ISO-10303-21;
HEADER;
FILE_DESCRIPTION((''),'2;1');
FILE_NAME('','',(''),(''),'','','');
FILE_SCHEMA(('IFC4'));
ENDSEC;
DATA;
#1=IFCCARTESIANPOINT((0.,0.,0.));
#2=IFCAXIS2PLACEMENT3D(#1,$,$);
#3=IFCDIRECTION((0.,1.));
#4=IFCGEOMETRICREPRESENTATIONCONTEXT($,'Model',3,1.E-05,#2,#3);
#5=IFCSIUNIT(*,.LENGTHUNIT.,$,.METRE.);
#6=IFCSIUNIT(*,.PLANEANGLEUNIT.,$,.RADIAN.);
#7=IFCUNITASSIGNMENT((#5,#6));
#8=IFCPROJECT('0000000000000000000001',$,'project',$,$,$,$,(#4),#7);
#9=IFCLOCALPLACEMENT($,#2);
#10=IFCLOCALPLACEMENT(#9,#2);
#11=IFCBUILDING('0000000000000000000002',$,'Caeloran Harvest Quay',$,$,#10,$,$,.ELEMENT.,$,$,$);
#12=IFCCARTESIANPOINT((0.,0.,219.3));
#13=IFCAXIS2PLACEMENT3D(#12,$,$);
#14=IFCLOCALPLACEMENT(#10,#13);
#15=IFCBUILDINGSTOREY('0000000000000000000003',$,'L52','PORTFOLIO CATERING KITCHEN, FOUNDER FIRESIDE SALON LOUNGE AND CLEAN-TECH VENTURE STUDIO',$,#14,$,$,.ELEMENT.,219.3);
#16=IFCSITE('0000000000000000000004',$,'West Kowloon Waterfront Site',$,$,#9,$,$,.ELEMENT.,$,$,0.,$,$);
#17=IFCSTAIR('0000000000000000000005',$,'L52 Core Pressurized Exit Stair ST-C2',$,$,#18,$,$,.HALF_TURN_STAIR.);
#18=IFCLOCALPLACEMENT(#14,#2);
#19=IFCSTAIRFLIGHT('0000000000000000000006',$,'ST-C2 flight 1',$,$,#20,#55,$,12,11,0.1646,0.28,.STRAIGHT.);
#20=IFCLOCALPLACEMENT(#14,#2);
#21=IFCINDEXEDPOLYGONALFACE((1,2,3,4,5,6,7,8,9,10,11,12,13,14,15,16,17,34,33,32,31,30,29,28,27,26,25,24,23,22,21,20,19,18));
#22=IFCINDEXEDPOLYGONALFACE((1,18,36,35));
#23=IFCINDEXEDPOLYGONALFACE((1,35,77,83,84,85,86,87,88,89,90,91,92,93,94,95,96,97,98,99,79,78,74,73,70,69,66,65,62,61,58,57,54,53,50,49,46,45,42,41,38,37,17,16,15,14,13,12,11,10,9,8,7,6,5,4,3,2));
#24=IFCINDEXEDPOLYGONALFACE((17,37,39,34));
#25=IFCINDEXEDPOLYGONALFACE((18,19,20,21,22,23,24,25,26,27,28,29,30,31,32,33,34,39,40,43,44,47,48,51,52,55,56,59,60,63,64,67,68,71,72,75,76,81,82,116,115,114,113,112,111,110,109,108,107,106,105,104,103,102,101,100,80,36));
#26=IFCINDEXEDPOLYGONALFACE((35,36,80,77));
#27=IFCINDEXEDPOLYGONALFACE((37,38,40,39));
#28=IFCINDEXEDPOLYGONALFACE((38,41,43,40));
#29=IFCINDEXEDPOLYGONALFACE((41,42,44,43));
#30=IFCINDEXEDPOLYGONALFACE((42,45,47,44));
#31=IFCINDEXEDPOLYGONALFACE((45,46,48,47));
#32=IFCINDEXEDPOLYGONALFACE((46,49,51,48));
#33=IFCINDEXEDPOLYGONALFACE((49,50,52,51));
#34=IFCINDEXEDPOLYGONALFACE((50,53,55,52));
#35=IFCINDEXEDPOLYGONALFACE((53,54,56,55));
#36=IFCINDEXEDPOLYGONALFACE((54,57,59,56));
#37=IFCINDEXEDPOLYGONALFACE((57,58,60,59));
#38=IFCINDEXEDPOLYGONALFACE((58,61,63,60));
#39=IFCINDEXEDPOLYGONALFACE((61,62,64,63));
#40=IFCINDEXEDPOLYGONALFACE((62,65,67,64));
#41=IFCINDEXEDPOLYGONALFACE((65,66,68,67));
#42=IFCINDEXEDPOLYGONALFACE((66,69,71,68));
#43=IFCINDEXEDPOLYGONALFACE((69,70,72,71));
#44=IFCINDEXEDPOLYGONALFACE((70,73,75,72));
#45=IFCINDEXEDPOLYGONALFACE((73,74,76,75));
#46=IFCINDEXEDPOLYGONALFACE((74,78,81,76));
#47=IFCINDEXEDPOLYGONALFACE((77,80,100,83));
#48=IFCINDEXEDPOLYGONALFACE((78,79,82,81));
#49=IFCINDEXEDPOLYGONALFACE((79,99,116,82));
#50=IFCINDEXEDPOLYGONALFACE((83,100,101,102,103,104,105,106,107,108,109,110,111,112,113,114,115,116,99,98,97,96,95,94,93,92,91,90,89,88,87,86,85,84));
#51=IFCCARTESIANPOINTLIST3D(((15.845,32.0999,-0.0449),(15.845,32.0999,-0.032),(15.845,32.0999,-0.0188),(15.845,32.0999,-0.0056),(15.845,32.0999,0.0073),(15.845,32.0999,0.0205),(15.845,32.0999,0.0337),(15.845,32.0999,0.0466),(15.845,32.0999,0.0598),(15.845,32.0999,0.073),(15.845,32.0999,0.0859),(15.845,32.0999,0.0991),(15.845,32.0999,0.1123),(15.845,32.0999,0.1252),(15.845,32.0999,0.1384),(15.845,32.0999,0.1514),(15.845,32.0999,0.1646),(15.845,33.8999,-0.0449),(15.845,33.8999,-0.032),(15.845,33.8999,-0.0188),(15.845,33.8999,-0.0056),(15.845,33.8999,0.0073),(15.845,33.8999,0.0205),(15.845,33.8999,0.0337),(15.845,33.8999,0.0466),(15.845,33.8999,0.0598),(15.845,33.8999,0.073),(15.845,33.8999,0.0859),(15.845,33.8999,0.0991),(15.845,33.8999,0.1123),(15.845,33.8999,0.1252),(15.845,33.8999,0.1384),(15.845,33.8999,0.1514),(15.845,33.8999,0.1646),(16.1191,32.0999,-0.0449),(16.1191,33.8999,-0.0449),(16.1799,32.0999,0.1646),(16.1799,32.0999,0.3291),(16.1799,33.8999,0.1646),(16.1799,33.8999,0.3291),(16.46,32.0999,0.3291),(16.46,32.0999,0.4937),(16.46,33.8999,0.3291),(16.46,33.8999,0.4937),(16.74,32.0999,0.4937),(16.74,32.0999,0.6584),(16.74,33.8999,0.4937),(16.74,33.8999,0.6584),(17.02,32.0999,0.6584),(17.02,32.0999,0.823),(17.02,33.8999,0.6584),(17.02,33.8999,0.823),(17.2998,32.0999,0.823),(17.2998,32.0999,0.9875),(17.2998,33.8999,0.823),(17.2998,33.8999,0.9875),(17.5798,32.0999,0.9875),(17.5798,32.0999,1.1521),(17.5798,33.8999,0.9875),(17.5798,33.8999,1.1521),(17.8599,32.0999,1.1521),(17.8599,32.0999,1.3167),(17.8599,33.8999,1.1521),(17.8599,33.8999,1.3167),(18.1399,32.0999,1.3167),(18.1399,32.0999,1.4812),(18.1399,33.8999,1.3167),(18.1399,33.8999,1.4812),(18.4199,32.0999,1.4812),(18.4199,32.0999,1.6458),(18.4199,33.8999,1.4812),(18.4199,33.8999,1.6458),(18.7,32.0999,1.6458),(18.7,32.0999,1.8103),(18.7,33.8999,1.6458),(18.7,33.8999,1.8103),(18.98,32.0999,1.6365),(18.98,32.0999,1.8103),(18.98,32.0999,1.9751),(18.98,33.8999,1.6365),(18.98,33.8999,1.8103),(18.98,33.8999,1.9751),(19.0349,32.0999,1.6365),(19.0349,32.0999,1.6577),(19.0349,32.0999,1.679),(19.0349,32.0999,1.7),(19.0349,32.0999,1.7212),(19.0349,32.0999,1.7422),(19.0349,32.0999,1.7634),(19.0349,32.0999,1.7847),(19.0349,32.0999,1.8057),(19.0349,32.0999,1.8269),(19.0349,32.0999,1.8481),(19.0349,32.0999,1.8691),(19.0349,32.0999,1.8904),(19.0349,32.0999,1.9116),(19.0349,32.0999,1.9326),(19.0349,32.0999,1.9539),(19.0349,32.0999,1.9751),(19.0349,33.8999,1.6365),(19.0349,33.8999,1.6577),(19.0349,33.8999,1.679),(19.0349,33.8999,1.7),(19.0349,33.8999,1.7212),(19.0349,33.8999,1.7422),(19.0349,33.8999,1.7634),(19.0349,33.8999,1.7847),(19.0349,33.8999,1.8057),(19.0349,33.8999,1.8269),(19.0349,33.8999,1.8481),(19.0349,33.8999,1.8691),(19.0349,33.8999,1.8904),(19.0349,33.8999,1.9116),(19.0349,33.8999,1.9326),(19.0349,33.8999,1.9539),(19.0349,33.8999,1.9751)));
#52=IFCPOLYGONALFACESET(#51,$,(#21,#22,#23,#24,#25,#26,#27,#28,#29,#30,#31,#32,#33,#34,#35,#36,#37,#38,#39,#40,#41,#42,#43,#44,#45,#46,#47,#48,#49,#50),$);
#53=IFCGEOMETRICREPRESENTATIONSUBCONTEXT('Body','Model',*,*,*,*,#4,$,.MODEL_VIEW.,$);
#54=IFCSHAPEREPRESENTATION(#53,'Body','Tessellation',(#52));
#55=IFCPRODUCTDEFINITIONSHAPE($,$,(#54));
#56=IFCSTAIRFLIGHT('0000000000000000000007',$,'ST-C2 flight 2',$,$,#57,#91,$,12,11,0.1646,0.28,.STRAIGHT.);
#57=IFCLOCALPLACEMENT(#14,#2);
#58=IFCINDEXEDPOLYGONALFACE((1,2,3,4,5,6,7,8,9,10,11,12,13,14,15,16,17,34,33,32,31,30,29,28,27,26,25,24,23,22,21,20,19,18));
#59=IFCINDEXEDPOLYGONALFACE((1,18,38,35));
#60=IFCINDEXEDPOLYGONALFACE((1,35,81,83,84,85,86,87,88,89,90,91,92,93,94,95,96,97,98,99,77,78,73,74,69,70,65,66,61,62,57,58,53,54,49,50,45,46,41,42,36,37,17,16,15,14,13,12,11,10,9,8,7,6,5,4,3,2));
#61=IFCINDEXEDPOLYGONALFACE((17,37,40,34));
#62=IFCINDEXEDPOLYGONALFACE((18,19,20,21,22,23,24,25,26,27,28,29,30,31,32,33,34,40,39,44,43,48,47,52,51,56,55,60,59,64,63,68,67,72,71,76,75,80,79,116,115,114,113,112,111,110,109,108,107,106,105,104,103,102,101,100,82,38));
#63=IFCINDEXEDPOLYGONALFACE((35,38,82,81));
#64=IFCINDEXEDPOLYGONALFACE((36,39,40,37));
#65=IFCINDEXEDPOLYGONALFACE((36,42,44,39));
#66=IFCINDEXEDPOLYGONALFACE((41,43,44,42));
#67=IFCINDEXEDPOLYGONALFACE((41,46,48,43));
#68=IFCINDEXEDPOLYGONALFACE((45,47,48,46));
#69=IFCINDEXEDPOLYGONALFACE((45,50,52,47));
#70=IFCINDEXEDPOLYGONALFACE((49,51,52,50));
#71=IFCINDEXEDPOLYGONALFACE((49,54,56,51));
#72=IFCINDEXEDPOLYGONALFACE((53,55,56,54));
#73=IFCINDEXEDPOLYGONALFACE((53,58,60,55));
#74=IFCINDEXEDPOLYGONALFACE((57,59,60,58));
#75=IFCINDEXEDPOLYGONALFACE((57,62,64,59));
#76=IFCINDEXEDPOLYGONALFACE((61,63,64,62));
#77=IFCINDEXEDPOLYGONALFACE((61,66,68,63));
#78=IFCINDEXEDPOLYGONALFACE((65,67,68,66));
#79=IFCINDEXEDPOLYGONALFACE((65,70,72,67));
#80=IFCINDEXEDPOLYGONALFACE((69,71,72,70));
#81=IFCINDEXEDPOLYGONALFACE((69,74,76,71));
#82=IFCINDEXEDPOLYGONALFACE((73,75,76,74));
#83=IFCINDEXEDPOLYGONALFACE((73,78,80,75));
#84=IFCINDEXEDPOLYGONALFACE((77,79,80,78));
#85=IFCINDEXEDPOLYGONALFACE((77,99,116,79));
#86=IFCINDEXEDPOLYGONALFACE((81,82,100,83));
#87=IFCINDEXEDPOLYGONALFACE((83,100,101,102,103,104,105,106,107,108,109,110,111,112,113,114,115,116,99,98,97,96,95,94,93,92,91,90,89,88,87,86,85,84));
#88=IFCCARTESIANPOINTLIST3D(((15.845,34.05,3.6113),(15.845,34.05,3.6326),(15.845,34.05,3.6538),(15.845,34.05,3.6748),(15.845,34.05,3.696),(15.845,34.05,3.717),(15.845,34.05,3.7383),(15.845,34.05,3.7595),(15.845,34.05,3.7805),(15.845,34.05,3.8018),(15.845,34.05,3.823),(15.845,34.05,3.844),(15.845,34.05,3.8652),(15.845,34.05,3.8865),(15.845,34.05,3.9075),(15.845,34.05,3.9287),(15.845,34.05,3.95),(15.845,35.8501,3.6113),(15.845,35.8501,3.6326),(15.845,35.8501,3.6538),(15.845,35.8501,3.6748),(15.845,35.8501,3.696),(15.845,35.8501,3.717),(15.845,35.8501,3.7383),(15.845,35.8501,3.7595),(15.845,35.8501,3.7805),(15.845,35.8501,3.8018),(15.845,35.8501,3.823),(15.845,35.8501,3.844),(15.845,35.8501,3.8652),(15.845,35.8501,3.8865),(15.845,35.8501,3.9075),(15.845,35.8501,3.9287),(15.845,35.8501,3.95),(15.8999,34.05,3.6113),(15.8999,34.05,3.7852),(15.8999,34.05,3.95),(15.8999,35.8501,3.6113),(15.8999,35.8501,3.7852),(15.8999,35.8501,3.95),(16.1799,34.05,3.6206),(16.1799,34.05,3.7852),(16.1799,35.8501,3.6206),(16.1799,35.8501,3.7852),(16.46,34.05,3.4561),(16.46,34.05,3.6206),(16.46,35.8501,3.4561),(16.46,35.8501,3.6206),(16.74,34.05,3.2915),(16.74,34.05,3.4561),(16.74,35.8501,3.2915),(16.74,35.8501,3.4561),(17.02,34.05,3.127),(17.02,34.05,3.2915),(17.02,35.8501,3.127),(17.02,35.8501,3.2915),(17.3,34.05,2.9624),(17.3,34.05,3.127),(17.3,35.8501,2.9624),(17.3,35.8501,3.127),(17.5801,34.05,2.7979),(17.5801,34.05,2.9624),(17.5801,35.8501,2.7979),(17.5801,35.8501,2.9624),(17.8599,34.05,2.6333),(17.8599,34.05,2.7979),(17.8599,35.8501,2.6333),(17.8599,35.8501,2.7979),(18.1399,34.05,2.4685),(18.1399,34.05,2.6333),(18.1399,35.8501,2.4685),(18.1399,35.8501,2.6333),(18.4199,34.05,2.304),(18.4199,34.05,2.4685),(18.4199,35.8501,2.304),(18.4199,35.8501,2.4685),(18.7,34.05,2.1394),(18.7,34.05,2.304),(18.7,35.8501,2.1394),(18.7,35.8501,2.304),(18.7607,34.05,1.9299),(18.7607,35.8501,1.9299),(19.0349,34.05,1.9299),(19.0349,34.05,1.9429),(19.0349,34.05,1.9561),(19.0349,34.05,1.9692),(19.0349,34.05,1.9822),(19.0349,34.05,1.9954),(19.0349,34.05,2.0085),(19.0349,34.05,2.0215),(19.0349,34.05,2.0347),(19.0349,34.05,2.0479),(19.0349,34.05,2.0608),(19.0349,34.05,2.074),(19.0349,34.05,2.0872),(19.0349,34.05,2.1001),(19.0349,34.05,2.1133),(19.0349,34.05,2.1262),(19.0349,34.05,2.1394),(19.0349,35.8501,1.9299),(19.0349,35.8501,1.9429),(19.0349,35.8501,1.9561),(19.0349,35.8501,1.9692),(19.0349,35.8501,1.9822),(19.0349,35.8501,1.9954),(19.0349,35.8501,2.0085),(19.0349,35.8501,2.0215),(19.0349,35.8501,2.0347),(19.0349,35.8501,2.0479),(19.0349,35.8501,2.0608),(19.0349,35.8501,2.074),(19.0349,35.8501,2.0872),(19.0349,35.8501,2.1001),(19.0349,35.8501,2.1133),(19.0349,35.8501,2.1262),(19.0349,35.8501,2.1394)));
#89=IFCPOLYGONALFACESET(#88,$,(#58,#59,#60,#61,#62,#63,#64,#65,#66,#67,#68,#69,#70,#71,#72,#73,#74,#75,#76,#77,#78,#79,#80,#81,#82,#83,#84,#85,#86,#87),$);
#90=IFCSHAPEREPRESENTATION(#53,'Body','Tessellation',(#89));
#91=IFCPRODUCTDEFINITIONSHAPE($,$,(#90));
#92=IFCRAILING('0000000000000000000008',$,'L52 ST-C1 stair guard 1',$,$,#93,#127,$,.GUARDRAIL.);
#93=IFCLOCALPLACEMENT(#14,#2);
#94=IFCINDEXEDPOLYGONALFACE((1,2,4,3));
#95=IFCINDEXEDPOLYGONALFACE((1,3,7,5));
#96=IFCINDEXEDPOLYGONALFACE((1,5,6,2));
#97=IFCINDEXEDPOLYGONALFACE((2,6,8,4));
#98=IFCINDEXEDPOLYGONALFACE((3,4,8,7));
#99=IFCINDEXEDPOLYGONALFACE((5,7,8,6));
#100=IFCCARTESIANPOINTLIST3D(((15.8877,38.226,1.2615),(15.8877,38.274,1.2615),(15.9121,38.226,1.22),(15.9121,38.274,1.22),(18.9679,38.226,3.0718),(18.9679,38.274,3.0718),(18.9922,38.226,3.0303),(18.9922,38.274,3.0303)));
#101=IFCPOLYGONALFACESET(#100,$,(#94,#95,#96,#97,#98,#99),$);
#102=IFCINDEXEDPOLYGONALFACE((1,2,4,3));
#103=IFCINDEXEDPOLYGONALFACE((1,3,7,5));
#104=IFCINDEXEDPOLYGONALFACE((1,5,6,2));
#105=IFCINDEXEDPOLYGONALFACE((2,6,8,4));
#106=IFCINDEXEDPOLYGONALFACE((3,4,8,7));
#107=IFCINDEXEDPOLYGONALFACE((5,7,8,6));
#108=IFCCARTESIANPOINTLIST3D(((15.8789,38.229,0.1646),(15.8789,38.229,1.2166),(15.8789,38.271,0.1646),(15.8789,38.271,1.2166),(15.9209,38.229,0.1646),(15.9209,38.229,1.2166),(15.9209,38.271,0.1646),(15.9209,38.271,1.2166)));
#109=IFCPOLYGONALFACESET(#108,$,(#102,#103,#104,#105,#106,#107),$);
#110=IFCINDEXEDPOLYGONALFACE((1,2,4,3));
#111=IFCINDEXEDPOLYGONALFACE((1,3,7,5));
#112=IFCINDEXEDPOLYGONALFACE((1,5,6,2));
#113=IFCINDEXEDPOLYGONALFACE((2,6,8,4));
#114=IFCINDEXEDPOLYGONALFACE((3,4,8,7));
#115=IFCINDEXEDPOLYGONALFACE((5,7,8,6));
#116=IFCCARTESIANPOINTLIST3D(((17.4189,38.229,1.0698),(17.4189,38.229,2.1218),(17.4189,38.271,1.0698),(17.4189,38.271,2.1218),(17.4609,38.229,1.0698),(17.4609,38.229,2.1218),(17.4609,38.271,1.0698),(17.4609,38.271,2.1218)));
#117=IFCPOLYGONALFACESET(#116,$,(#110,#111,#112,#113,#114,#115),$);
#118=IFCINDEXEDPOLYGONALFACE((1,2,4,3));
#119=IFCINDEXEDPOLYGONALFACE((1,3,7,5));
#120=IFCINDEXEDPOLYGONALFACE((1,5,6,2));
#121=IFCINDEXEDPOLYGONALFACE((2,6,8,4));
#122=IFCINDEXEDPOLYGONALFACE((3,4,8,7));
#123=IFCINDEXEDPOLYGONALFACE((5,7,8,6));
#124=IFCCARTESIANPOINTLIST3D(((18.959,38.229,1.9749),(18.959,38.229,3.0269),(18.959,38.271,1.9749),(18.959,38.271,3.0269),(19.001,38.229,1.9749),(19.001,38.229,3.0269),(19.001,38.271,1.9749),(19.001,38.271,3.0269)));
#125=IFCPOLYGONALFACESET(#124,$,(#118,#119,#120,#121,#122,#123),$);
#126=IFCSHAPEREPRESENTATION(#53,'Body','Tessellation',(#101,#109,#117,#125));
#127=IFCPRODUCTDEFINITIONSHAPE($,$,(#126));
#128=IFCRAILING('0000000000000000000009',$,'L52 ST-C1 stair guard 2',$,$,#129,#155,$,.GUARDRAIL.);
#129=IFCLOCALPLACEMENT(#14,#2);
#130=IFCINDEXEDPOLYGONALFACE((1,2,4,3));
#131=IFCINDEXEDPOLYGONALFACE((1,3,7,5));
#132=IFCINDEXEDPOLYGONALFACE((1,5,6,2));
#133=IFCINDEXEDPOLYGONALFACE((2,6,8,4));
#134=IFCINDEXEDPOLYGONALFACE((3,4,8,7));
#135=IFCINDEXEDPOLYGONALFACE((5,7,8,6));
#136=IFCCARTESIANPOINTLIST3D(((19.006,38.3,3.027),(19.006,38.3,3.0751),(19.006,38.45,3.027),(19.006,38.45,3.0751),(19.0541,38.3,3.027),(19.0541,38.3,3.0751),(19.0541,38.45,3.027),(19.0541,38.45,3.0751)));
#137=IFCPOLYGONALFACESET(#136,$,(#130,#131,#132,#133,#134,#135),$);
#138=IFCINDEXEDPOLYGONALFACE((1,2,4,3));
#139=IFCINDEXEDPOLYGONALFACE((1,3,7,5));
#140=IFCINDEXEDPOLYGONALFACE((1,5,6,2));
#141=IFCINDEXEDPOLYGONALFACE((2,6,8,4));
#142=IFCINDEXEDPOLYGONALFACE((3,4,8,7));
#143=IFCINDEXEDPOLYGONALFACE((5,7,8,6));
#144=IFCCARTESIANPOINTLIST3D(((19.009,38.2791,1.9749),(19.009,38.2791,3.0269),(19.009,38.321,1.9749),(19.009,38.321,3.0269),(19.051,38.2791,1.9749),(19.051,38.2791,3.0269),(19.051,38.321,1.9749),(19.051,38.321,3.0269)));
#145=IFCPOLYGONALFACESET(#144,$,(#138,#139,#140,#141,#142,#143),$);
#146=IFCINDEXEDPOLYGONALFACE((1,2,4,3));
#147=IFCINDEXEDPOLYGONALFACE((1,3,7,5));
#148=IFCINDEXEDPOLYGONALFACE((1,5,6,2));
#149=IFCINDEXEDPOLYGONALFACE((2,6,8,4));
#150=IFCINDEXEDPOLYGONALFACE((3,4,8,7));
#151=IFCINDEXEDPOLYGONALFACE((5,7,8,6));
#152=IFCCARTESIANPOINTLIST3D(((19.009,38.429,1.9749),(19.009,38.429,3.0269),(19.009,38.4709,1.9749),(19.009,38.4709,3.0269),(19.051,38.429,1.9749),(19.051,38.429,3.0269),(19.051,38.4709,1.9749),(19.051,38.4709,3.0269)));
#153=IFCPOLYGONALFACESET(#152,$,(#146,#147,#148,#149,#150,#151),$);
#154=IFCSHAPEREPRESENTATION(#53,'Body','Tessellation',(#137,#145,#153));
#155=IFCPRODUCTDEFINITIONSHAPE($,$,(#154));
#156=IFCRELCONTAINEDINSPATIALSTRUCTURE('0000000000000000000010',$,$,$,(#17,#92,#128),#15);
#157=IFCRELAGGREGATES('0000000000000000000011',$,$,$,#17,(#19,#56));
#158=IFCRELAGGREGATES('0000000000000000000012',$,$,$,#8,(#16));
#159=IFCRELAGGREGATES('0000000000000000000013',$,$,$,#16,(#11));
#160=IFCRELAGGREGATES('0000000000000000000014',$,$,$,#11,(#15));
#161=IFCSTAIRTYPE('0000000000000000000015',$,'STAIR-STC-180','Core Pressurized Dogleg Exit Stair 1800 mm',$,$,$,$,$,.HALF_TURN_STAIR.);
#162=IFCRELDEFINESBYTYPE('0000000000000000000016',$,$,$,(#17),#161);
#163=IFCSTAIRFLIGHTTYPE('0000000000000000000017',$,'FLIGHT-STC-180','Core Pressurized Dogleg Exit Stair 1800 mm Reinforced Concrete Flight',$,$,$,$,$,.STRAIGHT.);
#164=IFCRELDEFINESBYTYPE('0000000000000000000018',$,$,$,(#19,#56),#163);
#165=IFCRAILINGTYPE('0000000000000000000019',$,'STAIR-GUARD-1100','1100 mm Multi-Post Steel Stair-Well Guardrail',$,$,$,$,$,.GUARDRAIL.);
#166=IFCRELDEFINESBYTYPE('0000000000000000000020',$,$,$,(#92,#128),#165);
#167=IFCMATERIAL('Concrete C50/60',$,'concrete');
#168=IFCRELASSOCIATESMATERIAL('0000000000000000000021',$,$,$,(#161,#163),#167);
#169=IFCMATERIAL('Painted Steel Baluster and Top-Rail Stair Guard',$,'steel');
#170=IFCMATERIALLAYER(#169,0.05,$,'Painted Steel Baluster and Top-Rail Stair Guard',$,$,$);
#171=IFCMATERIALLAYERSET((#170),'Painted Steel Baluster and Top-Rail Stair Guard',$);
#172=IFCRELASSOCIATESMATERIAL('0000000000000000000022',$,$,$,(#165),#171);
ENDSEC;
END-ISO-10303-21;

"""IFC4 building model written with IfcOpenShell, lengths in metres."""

from ifc_helpers import new_model, si_unit, direction, frame, origin, origin_2d, place, context, subcontext, project, spatial, polyline, rectangle, outline, extrude, material, layer, layer_set, type_object, element, aggregate, save


model = new_model("IFC4")

# Units and contexts
model_context = context("Model", 3, precision=1e-05, world=origin(), true_north=direction((0.0, 1.0)))
body_context = subcontext(model_context, "Body", "Model", "MODEL_VIEW")
ifc_project = project(units=[si_unit("LENGTHUNIT", "METRE"), si_unit("PLANEANGLEUNIT", "RADIAN")], contexts=[model_context])

# Site, building, storey
site_placement = place(None, origin())
site = spatial("IfcSite", under=ifc_project, at=site_placement, Name="West Kowloon Waterfront Site", CompositionType="ELEMENT", RefElevation=0.0)
building_placement = place(site_placement, origin())
building = spatial("IfcBuilding", under=site, at=building_placement, Name="Caeloran Harvest Quay", CompositionType="ELEMENT")
storey_placement = place(building_placement, frame((0.0, 0.0, 219.3)))
storey = spatial("IfcBuildingStorey", under=building, at=storey_placement, Name="L52", Description="PORTFOLIO CATERING KITCHEN, FOUNDER FIRESIDE SALON LOUNGE AND CLEAN-TECH VENTURE STUDIO", CompositionType="ELEMENT", Elevation=219.3)

# Shared definitions
ifc_material_1 = material(Name="Concrete C50/60", Category="concrete")

# Stair, stair flights
stair_type = type_object("IfcStairType", Name="STAIR-STC-180", Description="Core Pressurized Dogleg Exit Stair 1800 mm", PredefinedType="HALF_TURN_STAIR", material=ifc_material_1)
stair_flight_type = type_object("IfcStairFlightType", Name="FLIGHT-STC-180", Description="Core Pressurized Dogleg Exit Stair 1800 mm Reinforced Concrete Flight", PredefinedType="STRAIGHT", material=ifc_material_1)
stair_1_placement = place(storey_placement, origin())
stair_1 = element("IfcStair", 1, at=stair_1_placement, inside=storey, type_object=stair_type, Name="L52 Core Pressurized Exit Stair ST-C2", PredefinedType="HALF_TURN_STAIR")
stair_flight_1_placement = place(storey_placement, frame((15.8999, 33.0, 0.0), z_axis=(0.0, 0.0, 1.0), x_axis=(1.0, 0.0, 0.0)))
stair_flight_1 = element("IfcStairFlight", 2, at=stair_flight_1_placement, type_object=stair_flight_type, Name="ST-C2 flight 1", NumberOfRisers=12, NumberOfTreads=11, PredefinedType="STRAIGHT", RiserHeight=0.1646, TreadLength=0.28, context=body_context, shape_type="SweptSolid", body=[
    extrude(outline(polyline([(-0.0549, -0.0449), (-0.0549, -0.032), (-0.0549, -0.0188), (-0.0549, -0.0056), (-0.0549, 0.0073), (-0.0549, 0.0205), (-0.0549, 0.0337), (-0.0549, 0.0466), (-0.0549, 0.0598), (-0.0549, 0.073), (-0.0549, 0.0859), (-0.0549, 0.0991), (-0.0549, 0.1123), (-0.0549, 0.1252), (-0.0549, 0.1384), (-0.0549, 0.1514), (-0.0549, 0.1646), (0.28, 0.1646), (0.28, 0.3291), (0.5601, 0.3291), (0.5601, 0.4937), (0.8401, 0.4937), (0.8401, 0.6584), (1.1201, 0.6584), (1.1201, 0.823), (1.3999, 0.823), (1.3999, 0.9875), (1.6799, 0.9875), (1.6799, 1.1521), (1.96, 1.1521), (1.96, 1.3167), (2.24, 1.3167), (2.24, 1.4812), (2.52, 1.4812), (2.52, 1.6458), (2.8, 1.6458), (2.8, 1.8103), (3.0801, 1.8103), (3.0801, 1.9751), (3.135, 1.9751), (3.135, 1.9539), (3.135, 1.9326), (3.135, 1.9116), (3.135, 1.8904), (3.135, 1.8691), (3.135, 1.8481), (3.135, 1.8269), (3.135, 1.8057), (3.135, 1.7847), (3.135, 1.7634), (3.135, 1.7422), (3.135, 1.7212), (3.135, 1.7), (3.135, 1.679), (3.135, 1.6577), (3.135, 1.6365), (3.0801, 1.6365), (0.2192, -0.0449), (-0.0549, -0.0449)])), frame((0.0, 0.8999, 0.0), z_axis=(0.0, -1.0, 0.0), x_axis=(1.0, 0.0, 0.0)), (0.0, 0.0, 1.0), 1.8),
])
stair_flight_2_placement = place(storey_placement, frame((18.98, 34.95, 1.9749), z_axis=(0.0, 0.0, 1.0), x_axis=(-1.0, 0.0, 0.0)))
stair_flight_2 = element("IfcStairFlight", 3, at=stair_flight_2_placement, type_object=stair_flight_type, Name="ST-C2 flight 2", NumberOfRisers=12, NumberOfTreads=11, PredefinedType="STRAIGHT", RiserHeight=0.1646, TreadLength=0.28, context=body_context, shape_type="SweptSolid", body=[
    extrude(outline(polyline([(-0.0549, -0.0449), (-0.0549, -0.032), (-0.0549, -0.0188), (-0.0549, -0.0056), (-0.0549, 0.0073), (-0.0549, 0.0205), (-0.0549, 0.0337), (-0.0549, 0.0466), (-0.0549, 0.0598), (-0.0549, 0.073), (-0.0549, 0.0859), (-0.0549, 0.0991), (-0.0549, 0.1123), (-0.0549, 0.1252), (-0.0549, 0.1384), (-0.0549, 0.1514), (-0.0549, 0.1646), (0.28, 0.1646), (0.28, 0.3291), (0.5601, 0.3291), (0.5601, 0.4937), (0.8401, 0.4937), (0.8401, 0.6584), (1.1201, 0.6584), (1.1201, 0.823), (1.3999, 0.823), (1.3999, 0.9875), (1.6799, 0.9875), (1.6799, 1.1521), (1.96, 1.1521), (1.96, 1.3167), (2.24, 1.3167), (2.24, 1.4812), (2.52, 1.4812), (2.52, 1.6458), (2.8, 1.6458), (2.8, 1.8103), (3.0801, 1.8103), (3.0801, 1.9751), (3.135, 1.9751), (3.135, 1.9539), (3.135, 1.9326), (3.135, 1.9116), (3.135, 1.8904), (3.135, 1.8691), (3.135, 1.8481), (3.135, 1.8269), (3.135, 1.8057), (3.135, 1.7847), (3.135, 1.7634), (3.135, 1.7422), (3.135, 1.7212), (3.135, 1.7), (3.135, 1.679), (3.135, 1.6577), (3.135, 1.6365), (3.0801, 1.6365), (0.2192, -0.0449), (-0.0549, -0.0449)])), frame((0.0, 0.8999, 0.0), z_axis=(0.0, -1.0, 0.0), x_axis=(1.0, 0.0, 0.0)), (0.0, 0.0, 1.0), 1.8),
])
aggregate(stair_1, [stair_flight_1, stair_flight_2])

# Railings
ifc_material_2 = material(Name="Painted Steel Baluster and Top-Rail Stair Guard", Category="steel")
ifc_layer_1 = layer(ifc_material_2, 0.05, Name="Painted Steel Baluster and Top-Rail Stair Guard")
ifc_layer_set_1 = layer_set([ifc_layer_1], Name="Painted Steel Baluster and Top-Rail Stair Guard")
railing_type_1 = type_object("IfcRailingType", Name="STAIR-GUARD-1100", Description="1100 mm Multi-Post Steel Stair-Well Guardrail", PredefinedType="GUARDRAIL", material=ifc_layer_set_1)
railing_1_placement = place(storey_placement, frame((15.8999, 38.25, 0.1646)))
element("IfcRailing", 4, at=railing_1_placement, inside=storey, type_object=railing_type_1, Name="L52 ST-C1 stair guard 1", PredefinedType="GUARDRAIL", context=body_context, shape_type="SweptSolid", body=[
    extrude(rectangle(XDim=0.0481, YDim=0.0481, at=origin_2d()), frame((0.0, 0.0, 1.0762), z_axis=(0.862119, 0.0, 0.506707), x_axis=(0.0, 1.0, 0.0)), (0.0, 0.0, 1.0), 3.5728),
    extrude(rectangle(XDim=0.042, YDim=0.042, at=origin_2d()), origin(), (0.0, 0.0, 1.0), 1.052),
    extrude(rectangle(XDim=0.042, YDim=0.042, at=origin_2d()), frame((1.54, 0.0, 0.9053)), (0.0, 0.0, 1.0), 1.052),
    extrude(rectangle(XDim=0.042, YDim=0.042, at=origin_2d()), frame((3.0801, 0.0, 1.8103)), (0.0, 0.0, 1.0), 1.052),
])
railing_2_placement = place(storey_placement, frame((19.03, 38.3, 1.9749)))
element("IfcRailing", 5, at=railing_2_placement, inside=storey, type_object=railing_type_1, Name="L52 ST-C1 stair guard 2", PredefinedType="GUARDRAIL", context=body_context, shape_type="SweptSolid", body=[
    extrude(rectangle(XDim=0.0481, YDim=0.0481, at=origin_2d()), frame((0.0, 0.0, 1.0762), z_axis=(0.0, 1.0, 0.0), x_axis=(-1.0, 0.0, 0.0)), (0.0, 0.0, 1.0), 0.1499),
    extrude(rectangle(XDim=0.042, YDim=0.042, at=origin_2d()), origin(), (0.0, 0.0, 1.0), 1.052),
    extrude(rectangle(XDim=0.042, YDim=0.042, at=origin_2d()), frame((0.0, 0.1499, 0.0)), (0.0, 0.0, 1.0), 1.052),
])

save(model, "model.ifc")
